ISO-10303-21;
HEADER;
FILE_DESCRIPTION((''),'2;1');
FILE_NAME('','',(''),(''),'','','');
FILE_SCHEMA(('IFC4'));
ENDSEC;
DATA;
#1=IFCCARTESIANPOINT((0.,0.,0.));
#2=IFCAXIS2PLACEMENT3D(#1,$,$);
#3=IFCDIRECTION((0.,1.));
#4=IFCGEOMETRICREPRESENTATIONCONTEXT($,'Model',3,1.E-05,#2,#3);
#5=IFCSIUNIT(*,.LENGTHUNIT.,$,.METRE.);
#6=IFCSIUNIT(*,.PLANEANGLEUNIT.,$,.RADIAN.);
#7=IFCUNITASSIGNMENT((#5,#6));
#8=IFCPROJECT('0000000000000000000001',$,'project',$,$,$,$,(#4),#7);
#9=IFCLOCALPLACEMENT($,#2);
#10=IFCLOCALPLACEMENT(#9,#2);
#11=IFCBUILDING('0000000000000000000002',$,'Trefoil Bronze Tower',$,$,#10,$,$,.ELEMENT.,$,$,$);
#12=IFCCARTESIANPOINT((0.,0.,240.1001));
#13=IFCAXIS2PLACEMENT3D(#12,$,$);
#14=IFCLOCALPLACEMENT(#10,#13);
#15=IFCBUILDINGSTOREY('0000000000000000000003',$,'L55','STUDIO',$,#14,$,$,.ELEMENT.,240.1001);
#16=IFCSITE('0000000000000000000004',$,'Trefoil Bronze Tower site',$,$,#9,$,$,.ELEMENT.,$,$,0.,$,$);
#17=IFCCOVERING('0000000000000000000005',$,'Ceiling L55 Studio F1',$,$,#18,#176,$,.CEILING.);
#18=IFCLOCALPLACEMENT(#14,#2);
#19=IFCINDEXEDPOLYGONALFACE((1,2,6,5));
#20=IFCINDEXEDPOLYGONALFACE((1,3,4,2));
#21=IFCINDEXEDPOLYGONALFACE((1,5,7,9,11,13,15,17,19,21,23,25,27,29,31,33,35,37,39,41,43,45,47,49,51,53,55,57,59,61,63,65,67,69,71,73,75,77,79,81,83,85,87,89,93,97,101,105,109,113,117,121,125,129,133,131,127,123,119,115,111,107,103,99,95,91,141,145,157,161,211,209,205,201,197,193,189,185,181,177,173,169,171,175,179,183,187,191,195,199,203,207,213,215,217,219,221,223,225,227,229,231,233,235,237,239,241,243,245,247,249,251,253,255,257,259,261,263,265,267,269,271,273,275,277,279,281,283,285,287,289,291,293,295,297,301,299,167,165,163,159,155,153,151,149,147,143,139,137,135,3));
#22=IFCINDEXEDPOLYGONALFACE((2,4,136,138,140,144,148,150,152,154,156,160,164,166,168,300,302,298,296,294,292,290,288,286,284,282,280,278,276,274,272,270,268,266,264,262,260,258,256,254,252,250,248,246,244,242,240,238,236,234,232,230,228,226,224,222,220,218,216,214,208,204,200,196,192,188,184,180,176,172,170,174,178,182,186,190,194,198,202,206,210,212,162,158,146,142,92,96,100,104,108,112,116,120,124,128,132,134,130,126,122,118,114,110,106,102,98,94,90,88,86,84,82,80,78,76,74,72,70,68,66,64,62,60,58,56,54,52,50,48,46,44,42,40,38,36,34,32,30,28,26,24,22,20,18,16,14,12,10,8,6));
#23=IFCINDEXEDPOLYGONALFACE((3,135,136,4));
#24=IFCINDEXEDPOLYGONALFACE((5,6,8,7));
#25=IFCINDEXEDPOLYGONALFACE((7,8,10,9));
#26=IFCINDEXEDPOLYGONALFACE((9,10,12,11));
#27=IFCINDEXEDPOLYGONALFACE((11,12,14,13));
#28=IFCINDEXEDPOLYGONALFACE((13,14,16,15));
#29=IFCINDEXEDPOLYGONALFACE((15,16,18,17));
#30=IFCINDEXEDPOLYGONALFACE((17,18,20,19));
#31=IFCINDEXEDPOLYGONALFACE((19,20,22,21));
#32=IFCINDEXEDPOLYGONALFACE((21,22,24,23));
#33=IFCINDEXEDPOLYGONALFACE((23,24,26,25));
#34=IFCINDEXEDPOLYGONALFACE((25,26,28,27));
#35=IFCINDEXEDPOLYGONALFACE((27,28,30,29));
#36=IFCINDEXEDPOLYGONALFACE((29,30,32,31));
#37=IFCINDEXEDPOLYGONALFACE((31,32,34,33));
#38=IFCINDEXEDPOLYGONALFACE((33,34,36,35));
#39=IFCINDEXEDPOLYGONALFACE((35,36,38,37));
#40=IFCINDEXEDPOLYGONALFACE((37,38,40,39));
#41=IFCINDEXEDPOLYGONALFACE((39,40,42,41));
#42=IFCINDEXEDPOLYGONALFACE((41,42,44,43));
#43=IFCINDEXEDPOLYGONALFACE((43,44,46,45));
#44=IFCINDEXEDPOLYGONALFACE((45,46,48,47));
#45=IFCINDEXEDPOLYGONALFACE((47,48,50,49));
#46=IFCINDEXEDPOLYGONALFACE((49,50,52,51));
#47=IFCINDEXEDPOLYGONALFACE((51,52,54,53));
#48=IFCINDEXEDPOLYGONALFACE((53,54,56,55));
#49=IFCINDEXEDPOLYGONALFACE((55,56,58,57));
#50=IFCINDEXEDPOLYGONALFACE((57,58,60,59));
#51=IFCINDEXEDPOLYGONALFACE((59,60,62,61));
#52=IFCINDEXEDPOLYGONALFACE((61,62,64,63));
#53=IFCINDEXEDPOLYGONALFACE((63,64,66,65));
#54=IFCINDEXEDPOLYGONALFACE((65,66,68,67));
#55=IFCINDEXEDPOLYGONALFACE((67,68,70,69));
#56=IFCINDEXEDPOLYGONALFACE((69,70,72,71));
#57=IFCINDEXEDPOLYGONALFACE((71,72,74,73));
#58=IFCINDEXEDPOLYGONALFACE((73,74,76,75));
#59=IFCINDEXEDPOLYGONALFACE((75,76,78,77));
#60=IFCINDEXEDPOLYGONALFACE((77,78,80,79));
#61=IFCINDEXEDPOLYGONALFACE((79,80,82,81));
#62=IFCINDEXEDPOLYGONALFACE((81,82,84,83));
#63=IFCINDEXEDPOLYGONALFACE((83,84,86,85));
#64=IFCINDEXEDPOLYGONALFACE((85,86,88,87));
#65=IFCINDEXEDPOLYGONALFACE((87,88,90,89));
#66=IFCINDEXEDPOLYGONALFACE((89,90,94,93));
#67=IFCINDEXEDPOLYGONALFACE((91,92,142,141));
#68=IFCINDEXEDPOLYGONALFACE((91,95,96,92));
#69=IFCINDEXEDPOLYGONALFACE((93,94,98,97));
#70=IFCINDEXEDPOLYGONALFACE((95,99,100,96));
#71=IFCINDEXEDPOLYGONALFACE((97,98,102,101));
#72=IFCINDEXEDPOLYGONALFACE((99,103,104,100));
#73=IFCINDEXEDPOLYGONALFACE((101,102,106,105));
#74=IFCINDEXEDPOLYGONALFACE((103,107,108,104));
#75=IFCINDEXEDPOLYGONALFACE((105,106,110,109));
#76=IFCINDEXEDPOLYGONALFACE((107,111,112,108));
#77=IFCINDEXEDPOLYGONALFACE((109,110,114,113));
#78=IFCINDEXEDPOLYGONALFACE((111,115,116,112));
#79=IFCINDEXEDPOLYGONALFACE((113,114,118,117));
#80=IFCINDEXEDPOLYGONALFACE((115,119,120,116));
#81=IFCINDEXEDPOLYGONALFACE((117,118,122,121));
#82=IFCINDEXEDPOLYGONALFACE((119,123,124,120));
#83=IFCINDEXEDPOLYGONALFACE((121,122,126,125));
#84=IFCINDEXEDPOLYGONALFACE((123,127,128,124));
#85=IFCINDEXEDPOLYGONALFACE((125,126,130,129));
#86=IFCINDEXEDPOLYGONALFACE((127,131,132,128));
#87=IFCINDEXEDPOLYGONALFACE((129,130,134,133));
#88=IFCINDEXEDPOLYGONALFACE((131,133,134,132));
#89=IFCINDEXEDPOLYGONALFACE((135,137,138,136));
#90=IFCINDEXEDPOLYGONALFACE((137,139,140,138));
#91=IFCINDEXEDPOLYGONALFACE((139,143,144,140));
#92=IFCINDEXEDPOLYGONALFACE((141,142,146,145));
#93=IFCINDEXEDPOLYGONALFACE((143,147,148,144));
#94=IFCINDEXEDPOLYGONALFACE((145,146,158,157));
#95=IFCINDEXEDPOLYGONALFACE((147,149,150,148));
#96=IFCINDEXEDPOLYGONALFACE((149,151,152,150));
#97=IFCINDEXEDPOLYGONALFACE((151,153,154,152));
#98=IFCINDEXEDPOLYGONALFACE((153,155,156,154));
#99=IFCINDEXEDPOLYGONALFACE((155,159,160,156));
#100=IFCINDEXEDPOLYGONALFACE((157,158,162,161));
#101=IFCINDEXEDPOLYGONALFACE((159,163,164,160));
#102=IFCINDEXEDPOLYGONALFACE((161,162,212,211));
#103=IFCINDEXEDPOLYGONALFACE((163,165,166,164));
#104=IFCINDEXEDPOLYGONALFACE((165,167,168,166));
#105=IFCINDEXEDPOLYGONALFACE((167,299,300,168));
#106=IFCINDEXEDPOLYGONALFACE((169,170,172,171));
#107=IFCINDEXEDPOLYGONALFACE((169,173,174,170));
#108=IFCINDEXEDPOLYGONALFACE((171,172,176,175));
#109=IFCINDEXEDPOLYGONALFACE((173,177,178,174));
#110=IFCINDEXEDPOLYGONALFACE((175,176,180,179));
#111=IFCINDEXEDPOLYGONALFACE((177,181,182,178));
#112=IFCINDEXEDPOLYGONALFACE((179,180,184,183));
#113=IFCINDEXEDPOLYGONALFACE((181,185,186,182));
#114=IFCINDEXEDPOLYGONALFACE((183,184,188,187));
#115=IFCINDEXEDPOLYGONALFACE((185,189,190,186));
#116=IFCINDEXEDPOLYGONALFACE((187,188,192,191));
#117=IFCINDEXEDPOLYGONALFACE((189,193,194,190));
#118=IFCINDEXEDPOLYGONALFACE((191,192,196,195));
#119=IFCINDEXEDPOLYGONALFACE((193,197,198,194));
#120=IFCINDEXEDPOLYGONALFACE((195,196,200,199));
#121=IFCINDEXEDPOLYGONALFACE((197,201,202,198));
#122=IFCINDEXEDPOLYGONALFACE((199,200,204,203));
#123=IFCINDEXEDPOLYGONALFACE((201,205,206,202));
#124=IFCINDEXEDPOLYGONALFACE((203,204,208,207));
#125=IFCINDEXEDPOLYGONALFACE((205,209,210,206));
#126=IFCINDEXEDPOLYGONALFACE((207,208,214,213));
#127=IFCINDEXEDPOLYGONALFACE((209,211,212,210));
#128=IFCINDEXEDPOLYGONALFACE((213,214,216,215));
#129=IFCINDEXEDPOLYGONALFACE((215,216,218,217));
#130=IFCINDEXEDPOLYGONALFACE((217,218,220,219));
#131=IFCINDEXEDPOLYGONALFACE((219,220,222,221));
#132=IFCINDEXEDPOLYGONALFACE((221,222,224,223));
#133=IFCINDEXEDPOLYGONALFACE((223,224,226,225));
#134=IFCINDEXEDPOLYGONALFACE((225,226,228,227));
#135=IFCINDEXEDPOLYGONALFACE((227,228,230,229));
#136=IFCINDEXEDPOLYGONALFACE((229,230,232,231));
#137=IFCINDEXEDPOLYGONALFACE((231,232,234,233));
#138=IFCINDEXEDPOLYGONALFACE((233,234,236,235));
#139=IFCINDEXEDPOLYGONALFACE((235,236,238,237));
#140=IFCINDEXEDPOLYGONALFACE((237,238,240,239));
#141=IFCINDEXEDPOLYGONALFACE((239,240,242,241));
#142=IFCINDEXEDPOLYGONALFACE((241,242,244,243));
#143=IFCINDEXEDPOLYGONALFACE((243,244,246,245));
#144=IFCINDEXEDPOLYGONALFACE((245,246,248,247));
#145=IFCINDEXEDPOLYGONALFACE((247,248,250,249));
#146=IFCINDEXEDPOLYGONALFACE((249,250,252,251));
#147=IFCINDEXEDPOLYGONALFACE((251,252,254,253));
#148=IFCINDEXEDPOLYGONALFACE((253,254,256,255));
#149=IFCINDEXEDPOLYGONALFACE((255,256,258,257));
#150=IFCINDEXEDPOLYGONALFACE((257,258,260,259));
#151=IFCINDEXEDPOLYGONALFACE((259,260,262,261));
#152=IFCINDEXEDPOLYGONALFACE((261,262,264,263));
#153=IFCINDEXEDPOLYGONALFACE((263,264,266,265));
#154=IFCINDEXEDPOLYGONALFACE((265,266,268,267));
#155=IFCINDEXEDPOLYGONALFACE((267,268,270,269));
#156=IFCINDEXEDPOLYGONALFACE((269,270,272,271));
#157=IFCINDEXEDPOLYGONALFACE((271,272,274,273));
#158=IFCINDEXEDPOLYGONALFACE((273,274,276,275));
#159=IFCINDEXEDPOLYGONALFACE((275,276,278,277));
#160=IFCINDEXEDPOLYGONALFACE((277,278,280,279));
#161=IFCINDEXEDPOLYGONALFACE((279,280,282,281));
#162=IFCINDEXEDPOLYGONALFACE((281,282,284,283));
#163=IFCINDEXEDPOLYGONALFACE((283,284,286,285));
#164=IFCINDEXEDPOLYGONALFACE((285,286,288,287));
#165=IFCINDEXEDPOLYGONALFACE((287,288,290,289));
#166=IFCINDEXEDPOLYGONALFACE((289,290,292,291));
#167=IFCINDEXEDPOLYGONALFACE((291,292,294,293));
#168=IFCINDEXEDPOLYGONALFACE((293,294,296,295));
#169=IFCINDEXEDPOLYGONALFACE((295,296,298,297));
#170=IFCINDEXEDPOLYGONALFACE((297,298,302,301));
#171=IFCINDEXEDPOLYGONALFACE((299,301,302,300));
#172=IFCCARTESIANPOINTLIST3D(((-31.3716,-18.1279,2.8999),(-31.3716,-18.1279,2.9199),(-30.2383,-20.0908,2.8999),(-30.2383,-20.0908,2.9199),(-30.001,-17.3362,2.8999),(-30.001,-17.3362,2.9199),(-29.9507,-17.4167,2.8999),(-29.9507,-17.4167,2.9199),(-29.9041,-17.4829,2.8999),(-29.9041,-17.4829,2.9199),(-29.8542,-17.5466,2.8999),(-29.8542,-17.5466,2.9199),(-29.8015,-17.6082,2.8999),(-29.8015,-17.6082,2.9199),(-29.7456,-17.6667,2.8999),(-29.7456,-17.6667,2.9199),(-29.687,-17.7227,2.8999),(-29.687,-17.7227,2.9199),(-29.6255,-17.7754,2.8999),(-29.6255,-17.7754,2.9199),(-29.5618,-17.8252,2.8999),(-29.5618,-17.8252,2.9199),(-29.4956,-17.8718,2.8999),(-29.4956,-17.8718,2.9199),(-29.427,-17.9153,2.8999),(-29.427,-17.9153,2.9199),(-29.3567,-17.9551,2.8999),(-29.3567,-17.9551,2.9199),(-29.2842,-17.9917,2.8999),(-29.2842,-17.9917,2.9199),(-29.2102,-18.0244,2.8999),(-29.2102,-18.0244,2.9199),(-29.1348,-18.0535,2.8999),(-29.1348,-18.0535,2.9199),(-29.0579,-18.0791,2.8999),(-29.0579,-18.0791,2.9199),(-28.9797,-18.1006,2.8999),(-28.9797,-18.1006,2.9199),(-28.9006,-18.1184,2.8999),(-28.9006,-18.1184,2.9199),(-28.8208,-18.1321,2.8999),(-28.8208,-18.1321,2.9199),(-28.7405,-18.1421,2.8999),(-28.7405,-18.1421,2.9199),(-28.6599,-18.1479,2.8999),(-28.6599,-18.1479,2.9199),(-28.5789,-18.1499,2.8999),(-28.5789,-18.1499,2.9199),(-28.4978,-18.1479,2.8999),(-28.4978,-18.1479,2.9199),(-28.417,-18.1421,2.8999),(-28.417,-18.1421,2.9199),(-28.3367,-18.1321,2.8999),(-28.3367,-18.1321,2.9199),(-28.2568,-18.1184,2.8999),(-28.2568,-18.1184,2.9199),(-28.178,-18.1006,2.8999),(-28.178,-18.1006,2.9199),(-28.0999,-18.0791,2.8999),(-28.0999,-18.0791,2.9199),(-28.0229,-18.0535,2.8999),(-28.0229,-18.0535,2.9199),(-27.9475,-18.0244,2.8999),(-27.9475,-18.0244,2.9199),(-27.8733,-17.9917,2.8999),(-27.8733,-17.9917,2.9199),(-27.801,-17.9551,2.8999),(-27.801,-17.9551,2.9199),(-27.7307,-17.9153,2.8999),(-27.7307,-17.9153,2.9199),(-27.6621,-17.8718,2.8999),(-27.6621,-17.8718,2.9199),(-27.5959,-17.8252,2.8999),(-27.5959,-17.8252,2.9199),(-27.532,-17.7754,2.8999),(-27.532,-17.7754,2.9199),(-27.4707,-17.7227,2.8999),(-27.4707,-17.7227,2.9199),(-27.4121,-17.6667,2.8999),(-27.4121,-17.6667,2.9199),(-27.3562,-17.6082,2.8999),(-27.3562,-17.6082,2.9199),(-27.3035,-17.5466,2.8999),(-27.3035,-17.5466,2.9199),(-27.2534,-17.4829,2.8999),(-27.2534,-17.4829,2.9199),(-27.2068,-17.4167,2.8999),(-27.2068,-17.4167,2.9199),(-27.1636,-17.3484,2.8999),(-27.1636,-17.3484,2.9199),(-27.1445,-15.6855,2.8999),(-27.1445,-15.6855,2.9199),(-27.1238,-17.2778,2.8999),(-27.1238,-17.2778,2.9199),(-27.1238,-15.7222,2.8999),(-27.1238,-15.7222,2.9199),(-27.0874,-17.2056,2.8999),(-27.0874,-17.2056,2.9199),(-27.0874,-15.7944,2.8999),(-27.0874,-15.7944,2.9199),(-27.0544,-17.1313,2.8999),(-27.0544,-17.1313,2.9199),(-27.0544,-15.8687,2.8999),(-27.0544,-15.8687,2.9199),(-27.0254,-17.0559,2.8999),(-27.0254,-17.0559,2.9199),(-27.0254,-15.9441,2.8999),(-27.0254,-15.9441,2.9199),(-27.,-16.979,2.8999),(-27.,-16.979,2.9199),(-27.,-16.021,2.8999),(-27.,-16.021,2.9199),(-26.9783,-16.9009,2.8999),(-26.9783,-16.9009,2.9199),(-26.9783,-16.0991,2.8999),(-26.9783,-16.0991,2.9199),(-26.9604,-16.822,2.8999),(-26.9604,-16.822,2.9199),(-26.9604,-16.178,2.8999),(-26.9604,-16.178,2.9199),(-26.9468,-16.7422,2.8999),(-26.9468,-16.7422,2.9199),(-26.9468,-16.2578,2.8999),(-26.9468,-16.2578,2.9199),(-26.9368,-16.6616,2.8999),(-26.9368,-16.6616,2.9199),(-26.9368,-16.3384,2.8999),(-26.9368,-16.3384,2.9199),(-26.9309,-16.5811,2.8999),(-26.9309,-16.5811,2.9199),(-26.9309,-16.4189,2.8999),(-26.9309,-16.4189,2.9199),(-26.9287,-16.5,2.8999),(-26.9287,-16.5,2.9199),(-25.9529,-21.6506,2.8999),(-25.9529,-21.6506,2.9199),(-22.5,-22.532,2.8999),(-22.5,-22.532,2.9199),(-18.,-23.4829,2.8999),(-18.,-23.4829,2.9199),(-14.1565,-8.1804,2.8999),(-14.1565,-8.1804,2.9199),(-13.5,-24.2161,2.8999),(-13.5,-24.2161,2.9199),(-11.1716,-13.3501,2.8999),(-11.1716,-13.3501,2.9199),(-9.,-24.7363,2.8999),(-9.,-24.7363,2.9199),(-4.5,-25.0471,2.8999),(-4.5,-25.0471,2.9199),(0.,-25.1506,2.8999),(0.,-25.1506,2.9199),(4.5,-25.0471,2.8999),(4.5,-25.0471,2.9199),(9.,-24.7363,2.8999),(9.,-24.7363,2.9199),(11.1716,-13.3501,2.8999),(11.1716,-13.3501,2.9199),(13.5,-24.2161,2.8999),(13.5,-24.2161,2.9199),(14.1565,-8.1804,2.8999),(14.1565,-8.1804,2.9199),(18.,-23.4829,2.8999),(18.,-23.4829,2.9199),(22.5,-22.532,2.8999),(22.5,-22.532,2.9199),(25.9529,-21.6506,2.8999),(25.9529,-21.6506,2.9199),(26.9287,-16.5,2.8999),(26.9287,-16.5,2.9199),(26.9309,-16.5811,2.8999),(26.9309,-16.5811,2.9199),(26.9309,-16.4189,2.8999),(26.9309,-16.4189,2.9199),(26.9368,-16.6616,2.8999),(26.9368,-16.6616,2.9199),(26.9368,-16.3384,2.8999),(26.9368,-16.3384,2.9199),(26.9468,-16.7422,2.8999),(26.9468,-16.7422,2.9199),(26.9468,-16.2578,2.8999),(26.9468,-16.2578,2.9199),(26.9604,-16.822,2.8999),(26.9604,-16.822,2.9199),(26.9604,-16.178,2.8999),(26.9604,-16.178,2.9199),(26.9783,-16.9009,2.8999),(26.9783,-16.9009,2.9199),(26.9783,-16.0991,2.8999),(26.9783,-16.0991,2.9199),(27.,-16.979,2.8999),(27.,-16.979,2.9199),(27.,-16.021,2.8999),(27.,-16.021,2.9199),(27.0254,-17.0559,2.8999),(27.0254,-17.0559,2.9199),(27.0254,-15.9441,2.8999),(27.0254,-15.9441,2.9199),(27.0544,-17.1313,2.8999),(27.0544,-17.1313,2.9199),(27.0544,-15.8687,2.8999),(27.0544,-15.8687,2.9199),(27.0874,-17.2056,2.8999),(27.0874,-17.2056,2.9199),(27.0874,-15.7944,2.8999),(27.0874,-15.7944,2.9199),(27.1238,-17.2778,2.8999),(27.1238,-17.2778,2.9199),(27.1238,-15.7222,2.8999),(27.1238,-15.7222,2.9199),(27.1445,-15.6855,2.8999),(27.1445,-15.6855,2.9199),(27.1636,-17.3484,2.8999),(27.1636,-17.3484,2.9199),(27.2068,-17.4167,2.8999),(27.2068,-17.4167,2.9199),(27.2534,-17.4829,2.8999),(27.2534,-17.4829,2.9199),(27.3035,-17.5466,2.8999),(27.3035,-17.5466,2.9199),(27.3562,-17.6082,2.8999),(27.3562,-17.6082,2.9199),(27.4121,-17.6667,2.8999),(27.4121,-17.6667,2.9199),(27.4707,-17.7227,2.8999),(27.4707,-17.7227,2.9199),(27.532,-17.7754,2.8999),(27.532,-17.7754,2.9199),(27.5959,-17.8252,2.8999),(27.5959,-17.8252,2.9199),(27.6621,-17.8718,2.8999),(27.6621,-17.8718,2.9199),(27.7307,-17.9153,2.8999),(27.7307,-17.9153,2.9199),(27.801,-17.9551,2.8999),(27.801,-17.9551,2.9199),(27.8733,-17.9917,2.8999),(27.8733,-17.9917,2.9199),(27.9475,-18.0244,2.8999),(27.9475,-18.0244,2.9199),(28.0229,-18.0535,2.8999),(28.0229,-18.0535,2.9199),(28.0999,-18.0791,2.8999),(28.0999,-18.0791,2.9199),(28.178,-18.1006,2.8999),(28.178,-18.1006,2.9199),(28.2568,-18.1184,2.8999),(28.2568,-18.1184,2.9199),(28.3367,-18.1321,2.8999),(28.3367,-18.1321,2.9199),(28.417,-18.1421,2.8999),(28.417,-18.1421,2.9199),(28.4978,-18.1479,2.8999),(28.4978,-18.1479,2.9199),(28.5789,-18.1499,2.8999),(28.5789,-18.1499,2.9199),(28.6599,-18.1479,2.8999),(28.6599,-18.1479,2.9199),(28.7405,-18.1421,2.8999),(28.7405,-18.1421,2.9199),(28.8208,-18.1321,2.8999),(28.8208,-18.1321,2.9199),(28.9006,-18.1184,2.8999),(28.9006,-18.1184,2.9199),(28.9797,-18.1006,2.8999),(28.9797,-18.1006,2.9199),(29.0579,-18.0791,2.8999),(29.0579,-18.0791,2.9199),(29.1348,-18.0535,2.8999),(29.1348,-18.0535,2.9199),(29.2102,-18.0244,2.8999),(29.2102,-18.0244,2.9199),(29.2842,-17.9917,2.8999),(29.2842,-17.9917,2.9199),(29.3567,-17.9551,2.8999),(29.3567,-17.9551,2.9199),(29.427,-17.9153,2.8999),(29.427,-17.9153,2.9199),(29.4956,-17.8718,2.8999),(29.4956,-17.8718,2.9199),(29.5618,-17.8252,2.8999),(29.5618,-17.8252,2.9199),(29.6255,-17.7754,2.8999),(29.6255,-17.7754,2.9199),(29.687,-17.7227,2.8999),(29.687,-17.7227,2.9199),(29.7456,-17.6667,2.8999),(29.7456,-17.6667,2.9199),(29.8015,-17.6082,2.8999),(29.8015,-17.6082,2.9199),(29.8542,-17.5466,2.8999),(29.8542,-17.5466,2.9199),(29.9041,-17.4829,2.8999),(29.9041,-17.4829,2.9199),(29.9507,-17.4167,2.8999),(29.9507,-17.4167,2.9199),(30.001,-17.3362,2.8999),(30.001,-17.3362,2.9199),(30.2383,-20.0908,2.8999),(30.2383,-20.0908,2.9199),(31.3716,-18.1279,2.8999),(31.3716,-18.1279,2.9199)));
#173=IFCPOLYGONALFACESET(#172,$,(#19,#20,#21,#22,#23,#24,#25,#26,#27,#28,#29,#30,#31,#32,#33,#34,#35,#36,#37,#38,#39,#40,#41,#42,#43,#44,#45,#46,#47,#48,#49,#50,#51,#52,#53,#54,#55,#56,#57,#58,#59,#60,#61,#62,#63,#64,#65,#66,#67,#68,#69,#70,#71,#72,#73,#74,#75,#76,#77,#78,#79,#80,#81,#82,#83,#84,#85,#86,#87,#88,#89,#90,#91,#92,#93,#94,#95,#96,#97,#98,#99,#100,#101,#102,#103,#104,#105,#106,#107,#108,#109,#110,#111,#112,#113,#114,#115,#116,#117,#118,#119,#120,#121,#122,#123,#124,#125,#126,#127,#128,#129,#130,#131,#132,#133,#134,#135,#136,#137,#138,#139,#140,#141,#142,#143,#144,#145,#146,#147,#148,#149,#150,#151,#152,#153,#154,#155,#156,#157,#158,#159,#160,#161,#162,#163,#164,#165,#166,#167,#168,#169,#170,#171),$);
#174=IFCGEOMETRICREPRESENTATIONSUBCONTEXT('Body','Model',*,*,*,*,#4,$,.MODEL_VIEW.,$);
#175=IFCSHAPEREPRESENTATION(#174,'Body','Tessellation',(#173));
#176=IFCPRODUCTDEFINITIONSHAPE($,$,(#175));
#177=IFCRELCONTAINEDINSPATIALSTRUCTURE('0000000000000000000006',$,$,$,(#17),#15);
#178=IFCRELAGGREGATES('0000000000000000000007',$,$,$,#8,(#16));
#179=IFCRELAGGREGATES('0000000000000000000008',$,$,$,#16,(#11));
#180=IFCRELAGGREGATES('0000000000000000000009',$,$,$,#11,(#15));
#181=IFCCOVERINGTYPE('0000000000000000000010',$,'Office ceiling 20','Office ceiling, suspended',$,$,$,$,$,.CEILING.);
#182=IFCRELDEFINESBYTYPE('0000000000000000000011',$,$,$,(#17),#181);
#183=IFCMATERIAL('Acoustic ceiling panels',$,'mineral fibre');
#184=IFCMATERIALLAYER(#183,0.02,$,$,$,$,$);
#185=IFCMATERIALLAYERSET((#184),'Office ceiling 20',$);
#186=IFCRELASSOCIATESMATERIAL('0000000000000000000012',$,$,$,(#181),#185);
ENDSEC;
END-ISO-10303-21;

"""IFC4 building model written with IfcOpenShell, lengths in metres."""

from ifc_helpers import new_model, si_unit, direction, frame, origin, place, context, subcontext, project, spatial, polyline, outline, extrude, material, layer, layer_set, type_object, element, save


model = new_model("IFC4")

# Units and contexts
model_context = context("Model", 3, precision=1e-05, world=origin(), true_north=direction((0.0, 1.0)))
body_context = subcontext(model_context, "Body", "Model", "MODEL_VIEW")
ifc_project = project(units=[si_unit("LENGTHUNIT", "METRE"), si_unit("PLANEANGLEUNIT", "RADIAN")], contexts=[model_context])

# Site, building, storey
site_placement = place(None, origin())
site = spatial("IfcSite", under=ifc_project, at=site_placement, Name="Trefoil Bronze Tower site", CompositionType="ELEMENT", RefElevation=0.0)
building_placement = place(site_placement, origin())
building = spatial("IfcBuilding", under=site, at=building_placement, Name="Trefoil Bronze Tower", CompositionType="ELEMENT")
storey_placement = place(building_placement, frame((0.0, 0.0, 240.1001)))
storey = spatial("IfcBuildingStorey", under=building, at=storey_placement, Name="L55", Description="STUDIO", CompositionType="ELEMENT", Elevation=240.1001)

# Covering
ifc_material_1 = material(Name="Acoustic ceiling panels", Category="mineral fibre")
ifc_layer_1 = layer(ifc_material_1, 0.02)
ifc_layer_set_1 = layer_set([ifc_layer_1], Name="Office ceiling 20")
covering_type_1 = type_object("IfcCoveringType", Name="Office ceiling 20", Description="Office ceiling, suspended", PredefinedType="CEILING", material=ifc_layer_set_1)
covering_1_placement = place(storey_placement, frame((0.0, 0.0, 2.8999)))
element("IfcCovering", 1, at=covering_1_placement, inside=storey, type_object=covering_type_1, Name="Ceiling L55 Studio F1", PredefinedType="CEILING", context=body_context, shape_type="SweptSolid", body=[
    extrude(outline(polyline([(-29.9507, -17.4167), (-29.9041, -17.4829), (-29.8542, -17.5466), (-29.8015, -17.6082), (-29.7456, -17.6667), (-29.687, -17.7227), (-29.6255, -17.7754), (-29.5618, -17.8252), (-29.4956, -17.8718), (-29.427, -17.9153), (-29.3567, -17.9551), (-29.2842, -17.9917), (-29.2102, -18.0244), (-29.1348, -18.0535), (-29.0579, -18.0791), (-28.9797, -18.1006), (-28.9006, -18.1184), (-28.8208, -18.1321), (-28.7405, -18.1421), (-28.6599, -18.1479), (-28.5789, -18.1499), (-28.4978, -18.1479), (-28.417, -18.1421), (-28.3367, -18.1321), (-28.2568, -18.1184), (-28.178, -18.1006), (-28.0999, -18.0791), (-28.0229, -18.0535), (-27.9475, -18.0244), (-27.8733, -17.9917), (-27.801, -17.9551), (-27.7307, -17.9153), (-27.6621, -17.8718), (-27.5959, -17.8252), (-27.532, -17.7754), (-27.4707, -17.7227), (-27.4121, -17.6667), (-27.3562, -17.6082), (-27.3035, -17.5466), (-27.2534, -17.4829), (-27.2068, -17.4167), (-27.1636, -17.3484), (-27.1238, -17.2778), (-27.0874, -17.2056), (-27.0544, -17.1313), (-27.0254, -17.0559), (-27.0, -16.979), (-26.9783, -16.9009), (-26.9604, -16.822), (-26.9468, -16.7422), (-26.9368, -16.6616), (-26.9309, -16.5811), (-26.9287, -16.5), (-26.9309, -16.4189), (-26.9368, -16.3384), (-26.9468, -16.2578), (-26.9604, -16.178), (-26.9783, -16.0991), (-27.0, -16.021), (-27.0254, -15.9441), (-27.0544, -15.8687), (-27.0874, -15.7944), (-27.1238, -15.7222), (-27.1445, -15.6855), (-14.1565, -8.1804), (-11.1716, -13.3501), (11.1716, -13.3501), (14.1565, -8.1804), (27.1445, -15.6855), (27.1238, -15.7222), (27.0874, -15.7944), (27.0544, -15.8687), (27.0254, -15.9441), (27.0, -16.021), (26.9783, -16.0991), (26.9604, -16.178), (26.9468, -16.2578), (26.9368, -16.3384), (26.9309, -16.4189), (26.9287, -16.5), (26.9309, -16.5811), (26.9368, -16.6616), (26.9468, -16.7422), (26.9604, -16.822), (26.9783, -16.9009), (27.0, -16.979), (27.0254, -17.0559), (27.0544, -17.1313), (27.0874, -17.2056), (27.1238, -17.2778), (27.1636, -17.3484), (27.2068, -17.4167), (27.2534, -17.4829), (27.3035, -17.5466), (27.3562, -17.6082), (27.4121, -17.6667), (27.4707, -17.7227), (27.532, -17.7754), (27.5959, -17.8252), (27.6621, -17.8718), (27.7307, -17.9153), (27.801, -17.9551), (27.8733, -17.9917), (27.9475, -18.0244), (28.0229, -18.0535), (28.0999, -18.0791), (28.178, -18.1006), (28.2568, -18.1184), (28.3367, -18.1321), (28.417, -18.1421), (28.4978, -18.1479), (28.5789, -18.1499), (28.6599, -18.1479), (28.7405, -18.1421), (28.8208, -18.1321), (28.9006, -18.1184), (28.9797, -18.1006), (29.0579, -18.0791), (29.1348, -18.0535), (29.2102, -18.0244), (29.2842, -17.9917), (29.3567, -17.9551), (29.427, -17.9153), (29.4956, -17.8718), (29.5618, -17.8252), (29.6255, -17.7754), (29.687, -17.7227), (29.7456, -17.6667), (29.8015, -17.6082), (29.8542, -17.5466), (29.9041, -17.4829), (29.9507, -17.4167), (30.001, -17.3362), (31.3716, -18.1279), (30.2383, -20.0908), (25.9529, -21.6506), (22.5, -22.532), (18.0, -23.4829), (13.5, -24.2161), (9.0, -24.7363), (4.5, -25.0471), (0.0, -25.1506), (-4.5, -25.0471), (-9.0, -24.7363), (-13.5, -24.2161), (-18.0, -23.4829), (-22.5, -22.532), (-25.9529, -21.6506), (-30.2383, -20.0908), (-31.3716, -18.1279), (-30.001, -17.3362), (-29.9507, -17.4167)])), origin(), (0.0, 0.0, 1.0), 0.02),
])

save(model, "model.ifc")
